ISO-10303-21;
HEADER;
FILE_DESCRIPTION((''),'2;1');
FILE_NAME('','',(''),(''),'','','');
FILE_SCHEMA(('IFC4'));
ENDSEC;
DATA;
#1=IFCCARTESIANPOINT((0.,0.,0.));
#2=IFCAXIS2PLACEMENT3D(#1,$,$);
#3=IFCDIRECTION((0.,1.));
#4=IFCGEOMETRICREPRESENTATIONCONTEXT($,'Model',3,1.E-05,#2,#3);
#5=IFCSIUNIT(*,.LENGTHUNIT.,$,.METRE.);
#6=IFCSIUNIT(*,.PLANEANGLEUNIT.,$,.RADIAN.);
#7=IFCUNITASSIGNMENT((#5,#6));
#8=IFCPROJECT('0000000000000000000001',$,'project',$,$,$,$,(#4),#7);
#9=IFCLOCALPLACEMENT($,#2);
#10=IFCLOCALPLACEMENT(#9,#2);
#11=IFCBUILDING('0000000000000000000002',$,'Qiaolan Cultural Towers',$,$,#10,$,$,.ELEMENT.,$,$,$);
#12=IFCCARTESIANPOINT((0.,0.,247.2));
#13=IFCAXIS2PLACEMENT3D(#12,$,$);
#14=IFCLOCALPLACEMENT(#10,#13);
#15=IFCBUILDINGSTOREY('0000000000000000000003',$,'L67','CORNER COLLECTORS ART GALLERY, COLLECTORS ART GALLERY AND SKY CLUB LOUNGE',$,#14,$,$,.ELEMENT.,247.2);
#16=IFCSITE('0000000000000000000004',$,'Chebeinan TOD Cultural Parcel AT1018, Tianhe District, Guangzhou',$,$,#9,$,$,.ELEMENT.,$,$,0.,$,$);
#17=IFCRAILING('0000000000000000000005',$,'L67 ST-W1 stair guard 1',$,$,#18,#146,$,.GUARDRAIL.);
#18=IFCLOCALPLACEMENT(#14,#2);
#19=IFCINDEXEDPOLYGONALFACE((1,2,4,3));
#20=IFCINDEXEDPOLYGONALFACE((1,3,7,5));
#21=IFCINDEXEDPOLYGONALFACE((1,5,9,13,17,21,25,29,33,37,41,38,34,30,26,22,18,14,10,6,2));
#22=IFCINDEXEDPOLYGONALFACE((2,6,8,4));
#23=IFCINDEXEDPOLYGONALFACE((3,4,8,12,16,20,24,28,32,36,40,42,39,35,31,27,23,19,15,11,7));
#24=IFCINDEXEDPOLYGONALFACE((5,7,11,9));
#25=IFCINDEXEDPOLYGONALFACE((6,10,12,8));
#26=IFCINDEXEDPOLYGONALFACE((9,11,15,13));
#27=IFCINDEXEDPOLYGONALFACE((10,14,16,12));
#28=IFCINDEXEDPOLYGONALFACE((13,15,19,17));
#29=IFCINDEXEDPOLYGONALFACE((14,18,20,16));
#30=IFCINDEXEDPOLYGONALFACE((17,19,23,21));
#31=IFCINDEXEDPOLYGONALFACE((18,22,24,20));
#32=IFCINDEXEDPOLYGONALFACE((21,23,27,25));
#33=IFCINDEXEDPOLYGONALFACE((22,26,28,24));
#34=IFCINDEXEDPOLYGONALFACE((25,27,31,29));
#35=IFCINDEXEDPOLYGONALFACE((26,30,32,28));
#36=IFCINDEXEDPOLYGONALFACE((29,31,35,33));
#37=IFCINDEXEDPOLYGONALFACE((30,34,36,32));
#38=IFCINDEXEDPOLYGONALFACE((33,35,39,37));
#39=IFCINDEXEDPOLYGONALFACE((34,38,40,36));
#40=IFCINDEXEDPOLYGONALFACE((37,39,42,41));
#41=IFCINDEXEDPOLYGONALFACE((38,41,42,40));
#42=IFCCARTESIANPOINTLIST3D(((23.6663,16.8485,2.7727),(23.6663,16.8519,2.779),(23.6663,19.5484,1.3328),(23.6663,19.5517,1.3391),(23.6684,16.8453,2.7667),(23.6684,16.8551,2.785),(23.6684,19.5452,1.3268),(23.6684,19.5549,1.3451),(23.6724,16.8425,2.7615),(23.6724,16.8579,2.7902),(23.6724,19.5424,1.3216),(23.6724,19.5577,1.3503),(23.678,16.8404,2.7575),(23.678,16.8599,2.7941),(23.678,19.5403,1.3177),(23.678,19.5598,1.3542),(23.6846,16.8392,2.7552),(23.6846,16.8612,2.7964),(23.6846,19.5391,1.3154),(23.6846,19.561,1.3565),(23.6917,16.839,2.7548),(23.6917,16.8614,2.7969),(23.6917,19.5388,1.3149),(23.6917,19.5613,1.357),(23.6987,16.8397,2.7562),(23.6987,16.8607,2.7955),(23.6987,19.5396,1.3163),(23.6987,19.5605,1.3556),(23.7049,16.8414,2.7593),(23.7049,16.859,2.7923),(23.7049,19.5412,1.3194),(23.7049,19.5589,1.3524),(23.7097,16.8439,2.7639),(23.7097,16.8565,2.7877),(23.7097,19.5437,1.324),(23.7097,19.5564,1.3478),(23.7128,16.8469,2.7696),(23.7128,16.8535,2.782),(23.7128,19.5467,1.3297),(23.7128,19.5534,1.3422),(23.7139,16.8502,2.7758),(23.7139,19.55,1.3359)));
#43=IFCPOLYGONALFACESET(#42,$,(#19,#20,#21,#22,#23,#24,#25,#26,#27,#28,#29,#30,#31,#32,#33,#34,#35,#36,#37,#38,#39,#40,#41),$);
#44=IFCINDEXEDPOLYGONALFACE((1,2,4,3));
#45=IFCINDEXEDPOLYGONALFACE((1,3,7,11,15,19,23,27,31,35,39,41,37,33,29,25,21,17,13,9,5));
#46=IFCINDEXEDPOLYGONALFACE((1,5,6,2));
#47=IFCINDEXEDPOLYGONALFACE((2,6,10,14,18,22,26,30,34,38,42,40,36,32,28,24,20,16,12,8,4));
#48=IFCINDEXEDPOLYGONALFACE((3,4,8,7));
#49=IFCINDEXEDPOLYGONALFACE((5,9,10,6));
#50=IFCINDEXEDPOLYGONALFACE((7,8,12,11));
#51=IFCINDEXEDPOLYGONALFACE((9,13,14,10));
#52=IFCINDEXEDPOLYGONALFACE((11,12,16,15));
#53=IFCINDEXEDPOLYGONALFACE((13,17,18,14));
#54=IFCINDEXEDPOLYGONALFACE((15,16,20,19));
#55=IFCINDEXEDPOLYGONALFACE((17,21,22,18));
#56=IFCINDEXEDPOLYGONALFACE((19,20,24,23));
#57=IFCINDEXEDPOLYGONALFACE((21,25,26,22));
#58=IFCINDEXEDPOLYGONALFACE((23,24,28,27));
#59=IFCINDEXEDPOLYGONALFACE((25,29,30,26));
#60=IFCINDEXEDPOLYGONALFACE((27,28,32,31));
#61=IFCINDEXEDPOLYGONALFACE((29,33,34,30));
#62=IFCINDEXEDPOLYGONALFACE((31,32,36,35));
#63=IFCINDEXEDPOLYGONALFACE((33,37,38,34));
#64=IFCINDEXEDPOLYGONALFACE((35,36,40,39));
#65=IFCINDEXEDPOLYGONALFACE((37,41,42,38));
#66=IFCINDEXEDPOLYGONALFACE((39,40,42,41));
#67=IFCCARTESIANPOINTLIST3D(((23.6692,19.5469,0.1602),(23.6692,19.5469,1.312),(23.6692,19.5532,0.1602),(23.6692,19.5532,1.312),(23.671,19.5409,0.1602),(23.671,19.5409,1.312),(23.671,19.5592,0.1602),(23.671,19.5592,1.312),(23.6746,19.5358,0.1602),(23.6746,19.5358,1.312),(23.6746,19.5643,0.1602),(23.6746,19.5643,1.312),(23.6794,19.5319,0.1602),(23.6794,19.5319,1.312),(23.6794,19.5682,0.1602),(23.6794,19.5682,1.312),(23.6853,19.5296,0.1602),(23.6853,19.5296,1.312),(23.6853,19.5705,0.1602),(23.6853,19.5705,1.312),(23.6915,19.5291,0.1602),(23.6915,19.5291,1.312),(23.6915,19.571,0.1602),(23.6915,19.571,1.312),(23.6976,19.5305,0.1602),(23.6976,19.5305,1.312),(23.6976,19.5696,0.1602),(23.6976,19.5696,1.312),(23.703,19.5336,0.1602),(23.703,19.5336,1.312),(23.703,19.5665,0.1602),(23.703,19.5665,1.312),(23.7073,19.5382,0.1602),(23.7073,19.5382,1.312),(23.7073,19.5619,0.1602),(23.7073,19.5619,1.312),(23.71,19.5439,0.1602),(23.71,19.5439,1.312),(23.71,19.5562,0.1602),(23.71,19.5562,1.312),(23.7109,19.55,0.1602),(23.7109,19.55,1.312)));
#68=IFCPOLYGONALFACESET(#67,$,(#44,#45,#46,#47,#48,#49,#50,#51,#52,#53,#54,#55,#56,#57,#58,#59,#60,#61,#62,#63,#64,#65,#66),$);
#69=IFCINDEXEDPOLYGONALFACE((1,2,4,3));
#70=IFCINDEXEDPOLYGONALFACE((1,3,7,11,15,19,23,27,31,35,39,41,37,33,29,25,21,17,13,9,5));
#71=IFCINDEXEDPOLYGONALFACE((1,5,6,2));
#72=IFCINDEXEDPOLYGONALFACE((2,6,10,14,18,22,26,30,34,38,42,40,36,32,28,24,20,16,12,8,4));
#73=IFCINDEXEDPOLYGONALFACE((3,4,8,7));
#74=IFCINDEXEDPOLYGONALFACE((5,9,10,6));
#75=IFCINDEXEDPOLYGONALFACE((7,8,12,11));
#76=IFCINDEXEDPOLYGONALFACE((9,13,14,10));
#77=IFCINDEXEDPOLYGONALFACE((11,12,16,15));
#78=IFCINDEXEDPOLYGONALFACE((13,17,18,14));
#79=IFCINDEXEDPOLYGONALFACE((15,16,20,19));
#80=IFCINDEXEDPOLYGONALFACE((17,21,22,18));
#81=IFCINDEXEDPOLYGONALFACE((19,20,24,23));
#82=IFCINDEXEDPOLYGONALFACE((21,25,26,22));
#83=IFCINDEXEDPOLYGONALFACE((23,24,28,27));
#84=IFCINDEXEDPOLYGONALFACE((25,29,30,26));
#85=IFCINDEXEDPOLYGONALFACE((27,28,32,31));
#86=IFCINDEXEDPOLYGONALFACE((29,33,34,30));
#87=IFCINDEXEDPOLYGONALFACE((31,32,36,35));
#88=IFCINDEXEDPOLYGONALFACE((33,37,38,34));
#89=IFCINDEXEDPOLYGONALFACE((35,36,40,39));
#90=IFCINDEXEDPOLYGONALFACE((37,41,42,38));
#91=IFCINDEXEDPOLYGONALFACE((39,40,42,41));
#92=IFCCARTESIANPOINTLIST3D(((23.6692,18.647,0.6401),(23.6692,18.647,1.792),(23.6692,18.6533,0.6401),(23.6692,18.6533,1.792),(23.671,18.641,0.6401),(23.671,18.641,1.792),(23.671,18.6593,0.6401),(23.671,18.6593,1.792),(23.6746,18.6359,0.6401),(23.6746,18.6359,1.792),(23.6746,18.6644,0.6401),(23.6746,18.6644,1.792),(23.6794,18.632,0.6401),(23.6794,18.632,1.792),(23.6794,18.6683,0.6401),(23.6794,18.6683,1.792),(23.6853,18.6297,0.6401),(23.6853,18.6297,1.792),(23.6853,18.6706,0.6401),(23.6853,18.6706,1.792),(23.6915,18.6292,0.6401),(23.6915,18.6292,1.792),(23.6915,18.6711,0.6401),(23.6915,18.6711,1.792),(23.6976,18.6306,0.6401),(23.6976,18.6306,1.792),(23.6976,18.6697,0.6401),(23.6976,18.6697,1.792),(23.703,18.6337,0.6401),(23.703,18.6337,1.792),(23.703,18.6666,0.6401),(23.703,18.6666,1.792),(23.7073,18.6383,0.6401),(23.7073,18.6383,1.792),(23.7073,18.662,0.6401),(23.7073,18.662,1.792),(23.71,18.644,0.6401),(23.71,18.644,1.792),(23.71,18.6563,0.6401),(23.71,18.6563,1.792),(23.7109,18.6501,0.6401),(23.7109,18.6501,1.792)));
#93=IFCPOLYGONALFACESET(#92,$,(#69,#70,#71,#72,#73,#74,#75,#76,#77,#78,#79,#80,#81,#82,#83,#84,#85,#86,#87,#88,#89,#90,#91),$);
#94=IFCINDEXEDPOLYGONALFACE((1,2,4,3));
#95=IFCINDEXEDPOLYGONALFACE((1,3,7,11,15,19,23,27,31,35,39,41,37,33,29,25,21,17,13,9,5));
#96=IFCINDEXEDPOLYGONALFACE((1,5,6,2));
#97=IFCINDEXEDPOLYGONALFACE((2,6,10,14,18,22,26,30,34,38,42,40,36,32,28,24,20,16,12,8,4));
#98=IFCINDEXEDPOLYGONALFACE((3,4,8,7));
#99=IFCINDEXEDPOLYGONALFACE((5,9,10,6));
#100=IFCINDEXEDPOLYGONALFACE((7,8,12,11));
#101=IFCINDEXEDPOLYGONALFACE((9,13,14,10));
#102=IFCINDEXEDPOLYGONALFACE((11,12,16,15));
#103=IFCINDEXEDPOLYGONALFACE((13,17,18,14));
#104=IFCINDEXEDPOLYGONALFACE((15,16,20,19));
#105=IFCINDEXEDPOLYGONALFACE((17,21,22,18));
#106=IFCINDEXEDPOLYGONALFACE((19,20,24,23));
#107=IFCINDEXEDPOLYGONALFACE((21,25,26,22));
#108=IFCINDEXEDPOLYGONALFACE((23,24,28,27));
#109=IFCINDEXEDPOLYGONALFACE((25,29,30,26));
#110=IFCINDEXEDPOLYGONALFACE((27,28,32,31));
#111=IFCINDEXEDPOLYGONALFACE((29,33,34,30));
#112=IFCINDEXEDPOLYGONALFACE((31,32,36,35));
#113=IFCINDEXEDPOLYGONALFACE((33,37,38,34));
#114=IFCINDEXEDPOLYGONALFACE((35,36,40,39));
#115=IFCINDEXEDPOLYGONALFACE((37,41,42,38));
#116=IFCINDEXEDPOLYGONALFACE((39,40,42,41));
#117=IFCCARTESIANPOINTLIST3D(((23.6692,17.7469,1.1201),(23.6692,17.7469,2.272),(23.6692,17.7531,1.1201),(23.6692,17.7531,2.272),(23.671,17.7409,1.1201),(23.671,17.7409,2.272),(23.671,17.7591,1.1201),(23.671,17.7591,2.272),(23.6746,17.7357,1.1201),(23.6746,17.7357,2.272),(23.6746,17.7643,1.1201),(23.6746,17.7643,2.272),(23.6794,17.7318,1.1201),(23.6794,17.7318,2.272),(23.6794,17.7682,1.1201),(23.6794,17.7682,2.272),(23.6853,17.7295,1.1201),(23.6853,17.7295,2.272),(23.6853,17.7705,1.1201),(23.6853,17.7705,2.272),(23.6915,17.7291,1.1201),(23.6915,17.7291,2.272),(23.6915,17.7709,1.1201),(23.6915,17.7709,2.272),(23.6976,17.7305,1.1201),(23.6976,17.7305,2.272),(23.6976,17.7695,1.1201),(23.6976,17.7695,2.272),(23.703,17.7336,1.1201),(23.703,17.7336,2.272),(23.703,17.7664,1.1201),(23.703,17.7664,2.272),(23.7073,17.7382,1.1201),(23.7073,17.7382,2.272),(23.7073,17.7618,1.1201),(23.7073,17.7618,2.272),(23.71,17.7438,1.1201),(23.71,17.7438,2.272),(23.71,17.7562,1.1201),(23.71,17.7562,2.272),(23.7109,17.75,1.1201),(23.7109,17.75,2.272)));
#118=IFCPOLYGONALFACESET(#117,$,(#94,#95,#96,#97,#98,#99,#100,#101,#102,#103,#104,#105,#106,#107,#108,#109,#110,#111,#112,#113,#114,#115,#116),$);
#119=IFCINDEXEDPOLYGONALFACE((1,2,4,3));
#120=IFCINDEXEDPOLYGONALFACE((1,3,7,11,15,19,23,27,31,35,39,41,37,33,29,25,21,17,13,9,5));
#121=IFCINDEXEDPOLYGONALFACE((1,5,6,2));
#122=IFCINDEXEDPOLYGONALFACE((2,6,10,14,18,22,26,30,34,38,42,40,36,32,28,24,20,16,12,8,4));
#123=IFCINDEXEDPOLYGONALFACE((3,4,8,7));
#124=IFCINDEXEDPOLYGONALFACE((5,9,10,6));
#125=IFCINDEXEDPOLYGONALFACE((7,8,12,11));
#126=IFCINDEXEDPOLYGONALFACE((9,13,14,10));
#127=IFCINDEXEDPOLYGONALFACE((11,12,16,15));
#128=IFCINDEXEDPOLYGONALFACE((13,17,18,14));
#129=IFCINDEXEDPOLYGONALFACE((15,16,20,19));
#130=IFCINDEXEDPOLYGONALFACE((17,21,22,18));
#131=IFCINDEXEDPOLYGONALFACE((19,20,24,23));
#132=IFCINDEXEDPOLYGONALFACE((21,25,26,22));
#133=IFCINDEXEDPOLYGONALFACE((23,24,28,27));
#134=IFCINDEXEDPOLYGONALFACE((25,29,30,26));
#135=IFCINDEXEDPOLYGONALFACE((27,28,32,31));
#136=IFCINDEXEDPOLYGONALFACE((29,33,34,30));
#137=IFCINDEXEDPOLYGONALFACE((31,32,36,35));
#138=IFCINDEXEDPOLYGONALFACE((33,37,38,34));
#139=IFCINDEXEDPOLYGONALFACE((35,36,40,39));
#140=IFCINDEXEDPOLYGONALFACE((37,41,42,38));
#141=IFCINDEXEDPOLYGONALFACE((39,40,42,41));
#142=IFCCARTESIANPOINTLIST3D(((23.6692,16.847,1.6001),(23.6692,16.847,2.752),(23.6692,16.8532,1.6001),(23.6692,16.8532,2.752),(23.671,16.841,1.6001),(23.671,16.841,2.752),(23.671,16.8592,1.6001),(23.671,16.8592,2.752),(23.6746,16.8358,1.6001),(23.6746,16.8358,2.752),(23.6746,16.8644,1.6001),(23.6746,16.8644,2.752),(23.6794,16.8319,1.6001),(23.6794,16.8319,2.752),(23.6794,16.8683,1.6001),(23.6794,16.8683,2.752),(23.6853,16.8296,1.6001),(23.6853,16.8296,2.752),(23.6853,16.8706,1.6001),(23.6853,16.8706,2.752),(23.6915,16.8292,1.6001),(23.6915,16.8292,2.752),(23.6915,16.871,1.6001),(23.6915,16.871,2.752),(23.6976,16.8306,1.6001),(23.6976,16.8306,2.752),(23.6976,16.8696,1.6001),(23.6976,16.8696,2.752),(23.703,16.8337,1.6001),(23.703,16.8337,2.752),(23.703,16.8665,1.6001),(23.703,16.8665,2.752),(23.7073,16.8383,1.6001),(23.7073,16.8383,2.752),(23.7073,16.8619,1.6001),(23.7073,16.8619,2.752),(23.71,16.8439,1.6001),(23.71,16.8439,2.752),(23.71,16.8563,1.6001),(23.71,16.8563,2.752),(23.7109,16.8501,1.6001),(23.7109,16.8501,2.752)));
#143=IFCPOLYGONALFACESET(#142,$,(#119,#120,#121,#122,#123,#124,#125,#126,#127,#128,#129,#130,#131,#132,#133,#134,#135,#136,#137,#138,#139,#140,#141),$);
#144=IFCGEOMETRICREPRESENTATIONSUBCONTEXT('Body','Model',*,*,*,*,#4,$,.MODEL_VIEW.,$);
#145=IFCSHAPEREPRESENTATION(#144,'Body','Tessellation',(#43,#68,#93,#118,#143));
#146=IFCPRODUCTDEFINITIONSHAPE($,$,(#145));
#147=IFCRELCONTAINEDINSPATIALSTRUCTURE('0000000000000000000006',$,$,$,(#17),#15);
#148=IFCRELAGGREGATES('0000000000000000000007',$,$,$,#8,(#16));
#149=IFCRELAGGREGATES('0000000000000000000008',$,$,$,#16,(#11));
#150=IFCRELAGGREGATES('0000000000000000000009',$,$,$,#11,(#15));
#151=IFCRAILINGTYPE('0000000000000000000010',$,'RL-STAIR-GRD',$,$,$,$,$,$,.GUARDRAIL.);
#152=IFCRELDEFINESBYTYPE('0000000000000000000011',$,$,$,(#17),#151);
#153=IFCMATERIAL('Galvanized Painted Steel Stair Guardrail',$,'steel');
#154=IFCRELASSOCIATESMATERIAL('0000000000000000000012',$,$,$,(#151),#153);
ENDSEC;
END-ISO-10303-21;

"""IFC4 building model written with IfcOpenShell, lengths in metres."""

from ifc_helpers import new_model, si_unit, direction, frame, origin, origin_2d, place, context, subcontext, project, spatial, circle, extrude, material, type_object, element, save


model = new_model("IFC4")

# Units and contexts
model_context = context("Model", 3, precision=1e-05, world=origin(), true_north=direction((0.0, 1.0)))
body_context = subcontext(model_context, "Body", "Model", "MODEL_VIEW")
ifc_project = project(units=[si_unit("LENGTHUNIT", "METRE"), si_unit("PLANEANGLEUNIT", "RADIAN")], contexts=[model_context])

# Site, building, storey
site_placement = place(None, origin())
site = spatial("IfcSite", under=ifc_project, at=site_placement, Name="Chebeinan TOD Cultural Parcel AT1018, Tianhe District, Guangzhou", CompositionType="ELEMENT", RefElevation=0.0)
building_placement = place(site_placement, origin())
building = spatial("IfcBuilding", under=site, at=building_placement, Name="Qiaolan Cultural Towers", CompositionType="ELEMENT")
storey_placement = place(building_placement, frame((0.0, 0.0, 247.2)))
storey = spatial("IfcBuildingStorey", under=building, at=storey_placement, Name="L67", Description="CORNER COLLECTORS ART GALLERY, COLLECTORS ART GALLERY AND SKY CLUB LOUNGE", CompositionType="ELEMENT", Elevation=247.2)

# Railing
ifc_material_1 = material(Name="Galvanized Painted Steel Stair Guardrail", Category="steel")
railing_type_1 = type_object("IfcRailingType", Name="RL-STAIR-GRD", PredefinedType="GUARDRAIL", material=ifc_material_1)
railing_1_placement = place(storey_placement, frame((23.6899, 19.55, 0.1602)))
element("IfcRailing", 1, at=railing_1_placement, inside=storey, type_object=railing_type_1, Name="L67 ST-W1 stair guard 1", PredefinedType="GUARDRAIL", context=body_context, shape_type="SweptSolid", body=[
    extrude(circle(Radius=0.0239, at=origin_2d()), frame((0.0, 0.0, 1.1758), z_axis=(0.0, -0.882357, 0.47058), x_axis=(1.0, 0.0, 0.0)), (0.0, 0.0, 1.0), 3.0598),
    extrude(circle(Radius=0.021, at=origin_2d()), origin(), (0.0, 0.0, 1.0), 1.1519),
    extrude(circle(Radius=0.021, at=origin_2d()), frame((0.0, -0.8999, 0.48)), (0.0, 0.0, 1.0), 1.1519),
    extrude(circle(Radius=0.021, at=origin_2d()), frame((0.0, -1.8, 0.96)), (0.0, 0.0, 1.0), 1.1519),
    extrude(circle(Radius=0.021, at=origin_2d()), frame((0.0, -2.7, 1.4399)), (0.0, 0.0, 1.0), 1.1519),
])

save(model, "model.ifc")
